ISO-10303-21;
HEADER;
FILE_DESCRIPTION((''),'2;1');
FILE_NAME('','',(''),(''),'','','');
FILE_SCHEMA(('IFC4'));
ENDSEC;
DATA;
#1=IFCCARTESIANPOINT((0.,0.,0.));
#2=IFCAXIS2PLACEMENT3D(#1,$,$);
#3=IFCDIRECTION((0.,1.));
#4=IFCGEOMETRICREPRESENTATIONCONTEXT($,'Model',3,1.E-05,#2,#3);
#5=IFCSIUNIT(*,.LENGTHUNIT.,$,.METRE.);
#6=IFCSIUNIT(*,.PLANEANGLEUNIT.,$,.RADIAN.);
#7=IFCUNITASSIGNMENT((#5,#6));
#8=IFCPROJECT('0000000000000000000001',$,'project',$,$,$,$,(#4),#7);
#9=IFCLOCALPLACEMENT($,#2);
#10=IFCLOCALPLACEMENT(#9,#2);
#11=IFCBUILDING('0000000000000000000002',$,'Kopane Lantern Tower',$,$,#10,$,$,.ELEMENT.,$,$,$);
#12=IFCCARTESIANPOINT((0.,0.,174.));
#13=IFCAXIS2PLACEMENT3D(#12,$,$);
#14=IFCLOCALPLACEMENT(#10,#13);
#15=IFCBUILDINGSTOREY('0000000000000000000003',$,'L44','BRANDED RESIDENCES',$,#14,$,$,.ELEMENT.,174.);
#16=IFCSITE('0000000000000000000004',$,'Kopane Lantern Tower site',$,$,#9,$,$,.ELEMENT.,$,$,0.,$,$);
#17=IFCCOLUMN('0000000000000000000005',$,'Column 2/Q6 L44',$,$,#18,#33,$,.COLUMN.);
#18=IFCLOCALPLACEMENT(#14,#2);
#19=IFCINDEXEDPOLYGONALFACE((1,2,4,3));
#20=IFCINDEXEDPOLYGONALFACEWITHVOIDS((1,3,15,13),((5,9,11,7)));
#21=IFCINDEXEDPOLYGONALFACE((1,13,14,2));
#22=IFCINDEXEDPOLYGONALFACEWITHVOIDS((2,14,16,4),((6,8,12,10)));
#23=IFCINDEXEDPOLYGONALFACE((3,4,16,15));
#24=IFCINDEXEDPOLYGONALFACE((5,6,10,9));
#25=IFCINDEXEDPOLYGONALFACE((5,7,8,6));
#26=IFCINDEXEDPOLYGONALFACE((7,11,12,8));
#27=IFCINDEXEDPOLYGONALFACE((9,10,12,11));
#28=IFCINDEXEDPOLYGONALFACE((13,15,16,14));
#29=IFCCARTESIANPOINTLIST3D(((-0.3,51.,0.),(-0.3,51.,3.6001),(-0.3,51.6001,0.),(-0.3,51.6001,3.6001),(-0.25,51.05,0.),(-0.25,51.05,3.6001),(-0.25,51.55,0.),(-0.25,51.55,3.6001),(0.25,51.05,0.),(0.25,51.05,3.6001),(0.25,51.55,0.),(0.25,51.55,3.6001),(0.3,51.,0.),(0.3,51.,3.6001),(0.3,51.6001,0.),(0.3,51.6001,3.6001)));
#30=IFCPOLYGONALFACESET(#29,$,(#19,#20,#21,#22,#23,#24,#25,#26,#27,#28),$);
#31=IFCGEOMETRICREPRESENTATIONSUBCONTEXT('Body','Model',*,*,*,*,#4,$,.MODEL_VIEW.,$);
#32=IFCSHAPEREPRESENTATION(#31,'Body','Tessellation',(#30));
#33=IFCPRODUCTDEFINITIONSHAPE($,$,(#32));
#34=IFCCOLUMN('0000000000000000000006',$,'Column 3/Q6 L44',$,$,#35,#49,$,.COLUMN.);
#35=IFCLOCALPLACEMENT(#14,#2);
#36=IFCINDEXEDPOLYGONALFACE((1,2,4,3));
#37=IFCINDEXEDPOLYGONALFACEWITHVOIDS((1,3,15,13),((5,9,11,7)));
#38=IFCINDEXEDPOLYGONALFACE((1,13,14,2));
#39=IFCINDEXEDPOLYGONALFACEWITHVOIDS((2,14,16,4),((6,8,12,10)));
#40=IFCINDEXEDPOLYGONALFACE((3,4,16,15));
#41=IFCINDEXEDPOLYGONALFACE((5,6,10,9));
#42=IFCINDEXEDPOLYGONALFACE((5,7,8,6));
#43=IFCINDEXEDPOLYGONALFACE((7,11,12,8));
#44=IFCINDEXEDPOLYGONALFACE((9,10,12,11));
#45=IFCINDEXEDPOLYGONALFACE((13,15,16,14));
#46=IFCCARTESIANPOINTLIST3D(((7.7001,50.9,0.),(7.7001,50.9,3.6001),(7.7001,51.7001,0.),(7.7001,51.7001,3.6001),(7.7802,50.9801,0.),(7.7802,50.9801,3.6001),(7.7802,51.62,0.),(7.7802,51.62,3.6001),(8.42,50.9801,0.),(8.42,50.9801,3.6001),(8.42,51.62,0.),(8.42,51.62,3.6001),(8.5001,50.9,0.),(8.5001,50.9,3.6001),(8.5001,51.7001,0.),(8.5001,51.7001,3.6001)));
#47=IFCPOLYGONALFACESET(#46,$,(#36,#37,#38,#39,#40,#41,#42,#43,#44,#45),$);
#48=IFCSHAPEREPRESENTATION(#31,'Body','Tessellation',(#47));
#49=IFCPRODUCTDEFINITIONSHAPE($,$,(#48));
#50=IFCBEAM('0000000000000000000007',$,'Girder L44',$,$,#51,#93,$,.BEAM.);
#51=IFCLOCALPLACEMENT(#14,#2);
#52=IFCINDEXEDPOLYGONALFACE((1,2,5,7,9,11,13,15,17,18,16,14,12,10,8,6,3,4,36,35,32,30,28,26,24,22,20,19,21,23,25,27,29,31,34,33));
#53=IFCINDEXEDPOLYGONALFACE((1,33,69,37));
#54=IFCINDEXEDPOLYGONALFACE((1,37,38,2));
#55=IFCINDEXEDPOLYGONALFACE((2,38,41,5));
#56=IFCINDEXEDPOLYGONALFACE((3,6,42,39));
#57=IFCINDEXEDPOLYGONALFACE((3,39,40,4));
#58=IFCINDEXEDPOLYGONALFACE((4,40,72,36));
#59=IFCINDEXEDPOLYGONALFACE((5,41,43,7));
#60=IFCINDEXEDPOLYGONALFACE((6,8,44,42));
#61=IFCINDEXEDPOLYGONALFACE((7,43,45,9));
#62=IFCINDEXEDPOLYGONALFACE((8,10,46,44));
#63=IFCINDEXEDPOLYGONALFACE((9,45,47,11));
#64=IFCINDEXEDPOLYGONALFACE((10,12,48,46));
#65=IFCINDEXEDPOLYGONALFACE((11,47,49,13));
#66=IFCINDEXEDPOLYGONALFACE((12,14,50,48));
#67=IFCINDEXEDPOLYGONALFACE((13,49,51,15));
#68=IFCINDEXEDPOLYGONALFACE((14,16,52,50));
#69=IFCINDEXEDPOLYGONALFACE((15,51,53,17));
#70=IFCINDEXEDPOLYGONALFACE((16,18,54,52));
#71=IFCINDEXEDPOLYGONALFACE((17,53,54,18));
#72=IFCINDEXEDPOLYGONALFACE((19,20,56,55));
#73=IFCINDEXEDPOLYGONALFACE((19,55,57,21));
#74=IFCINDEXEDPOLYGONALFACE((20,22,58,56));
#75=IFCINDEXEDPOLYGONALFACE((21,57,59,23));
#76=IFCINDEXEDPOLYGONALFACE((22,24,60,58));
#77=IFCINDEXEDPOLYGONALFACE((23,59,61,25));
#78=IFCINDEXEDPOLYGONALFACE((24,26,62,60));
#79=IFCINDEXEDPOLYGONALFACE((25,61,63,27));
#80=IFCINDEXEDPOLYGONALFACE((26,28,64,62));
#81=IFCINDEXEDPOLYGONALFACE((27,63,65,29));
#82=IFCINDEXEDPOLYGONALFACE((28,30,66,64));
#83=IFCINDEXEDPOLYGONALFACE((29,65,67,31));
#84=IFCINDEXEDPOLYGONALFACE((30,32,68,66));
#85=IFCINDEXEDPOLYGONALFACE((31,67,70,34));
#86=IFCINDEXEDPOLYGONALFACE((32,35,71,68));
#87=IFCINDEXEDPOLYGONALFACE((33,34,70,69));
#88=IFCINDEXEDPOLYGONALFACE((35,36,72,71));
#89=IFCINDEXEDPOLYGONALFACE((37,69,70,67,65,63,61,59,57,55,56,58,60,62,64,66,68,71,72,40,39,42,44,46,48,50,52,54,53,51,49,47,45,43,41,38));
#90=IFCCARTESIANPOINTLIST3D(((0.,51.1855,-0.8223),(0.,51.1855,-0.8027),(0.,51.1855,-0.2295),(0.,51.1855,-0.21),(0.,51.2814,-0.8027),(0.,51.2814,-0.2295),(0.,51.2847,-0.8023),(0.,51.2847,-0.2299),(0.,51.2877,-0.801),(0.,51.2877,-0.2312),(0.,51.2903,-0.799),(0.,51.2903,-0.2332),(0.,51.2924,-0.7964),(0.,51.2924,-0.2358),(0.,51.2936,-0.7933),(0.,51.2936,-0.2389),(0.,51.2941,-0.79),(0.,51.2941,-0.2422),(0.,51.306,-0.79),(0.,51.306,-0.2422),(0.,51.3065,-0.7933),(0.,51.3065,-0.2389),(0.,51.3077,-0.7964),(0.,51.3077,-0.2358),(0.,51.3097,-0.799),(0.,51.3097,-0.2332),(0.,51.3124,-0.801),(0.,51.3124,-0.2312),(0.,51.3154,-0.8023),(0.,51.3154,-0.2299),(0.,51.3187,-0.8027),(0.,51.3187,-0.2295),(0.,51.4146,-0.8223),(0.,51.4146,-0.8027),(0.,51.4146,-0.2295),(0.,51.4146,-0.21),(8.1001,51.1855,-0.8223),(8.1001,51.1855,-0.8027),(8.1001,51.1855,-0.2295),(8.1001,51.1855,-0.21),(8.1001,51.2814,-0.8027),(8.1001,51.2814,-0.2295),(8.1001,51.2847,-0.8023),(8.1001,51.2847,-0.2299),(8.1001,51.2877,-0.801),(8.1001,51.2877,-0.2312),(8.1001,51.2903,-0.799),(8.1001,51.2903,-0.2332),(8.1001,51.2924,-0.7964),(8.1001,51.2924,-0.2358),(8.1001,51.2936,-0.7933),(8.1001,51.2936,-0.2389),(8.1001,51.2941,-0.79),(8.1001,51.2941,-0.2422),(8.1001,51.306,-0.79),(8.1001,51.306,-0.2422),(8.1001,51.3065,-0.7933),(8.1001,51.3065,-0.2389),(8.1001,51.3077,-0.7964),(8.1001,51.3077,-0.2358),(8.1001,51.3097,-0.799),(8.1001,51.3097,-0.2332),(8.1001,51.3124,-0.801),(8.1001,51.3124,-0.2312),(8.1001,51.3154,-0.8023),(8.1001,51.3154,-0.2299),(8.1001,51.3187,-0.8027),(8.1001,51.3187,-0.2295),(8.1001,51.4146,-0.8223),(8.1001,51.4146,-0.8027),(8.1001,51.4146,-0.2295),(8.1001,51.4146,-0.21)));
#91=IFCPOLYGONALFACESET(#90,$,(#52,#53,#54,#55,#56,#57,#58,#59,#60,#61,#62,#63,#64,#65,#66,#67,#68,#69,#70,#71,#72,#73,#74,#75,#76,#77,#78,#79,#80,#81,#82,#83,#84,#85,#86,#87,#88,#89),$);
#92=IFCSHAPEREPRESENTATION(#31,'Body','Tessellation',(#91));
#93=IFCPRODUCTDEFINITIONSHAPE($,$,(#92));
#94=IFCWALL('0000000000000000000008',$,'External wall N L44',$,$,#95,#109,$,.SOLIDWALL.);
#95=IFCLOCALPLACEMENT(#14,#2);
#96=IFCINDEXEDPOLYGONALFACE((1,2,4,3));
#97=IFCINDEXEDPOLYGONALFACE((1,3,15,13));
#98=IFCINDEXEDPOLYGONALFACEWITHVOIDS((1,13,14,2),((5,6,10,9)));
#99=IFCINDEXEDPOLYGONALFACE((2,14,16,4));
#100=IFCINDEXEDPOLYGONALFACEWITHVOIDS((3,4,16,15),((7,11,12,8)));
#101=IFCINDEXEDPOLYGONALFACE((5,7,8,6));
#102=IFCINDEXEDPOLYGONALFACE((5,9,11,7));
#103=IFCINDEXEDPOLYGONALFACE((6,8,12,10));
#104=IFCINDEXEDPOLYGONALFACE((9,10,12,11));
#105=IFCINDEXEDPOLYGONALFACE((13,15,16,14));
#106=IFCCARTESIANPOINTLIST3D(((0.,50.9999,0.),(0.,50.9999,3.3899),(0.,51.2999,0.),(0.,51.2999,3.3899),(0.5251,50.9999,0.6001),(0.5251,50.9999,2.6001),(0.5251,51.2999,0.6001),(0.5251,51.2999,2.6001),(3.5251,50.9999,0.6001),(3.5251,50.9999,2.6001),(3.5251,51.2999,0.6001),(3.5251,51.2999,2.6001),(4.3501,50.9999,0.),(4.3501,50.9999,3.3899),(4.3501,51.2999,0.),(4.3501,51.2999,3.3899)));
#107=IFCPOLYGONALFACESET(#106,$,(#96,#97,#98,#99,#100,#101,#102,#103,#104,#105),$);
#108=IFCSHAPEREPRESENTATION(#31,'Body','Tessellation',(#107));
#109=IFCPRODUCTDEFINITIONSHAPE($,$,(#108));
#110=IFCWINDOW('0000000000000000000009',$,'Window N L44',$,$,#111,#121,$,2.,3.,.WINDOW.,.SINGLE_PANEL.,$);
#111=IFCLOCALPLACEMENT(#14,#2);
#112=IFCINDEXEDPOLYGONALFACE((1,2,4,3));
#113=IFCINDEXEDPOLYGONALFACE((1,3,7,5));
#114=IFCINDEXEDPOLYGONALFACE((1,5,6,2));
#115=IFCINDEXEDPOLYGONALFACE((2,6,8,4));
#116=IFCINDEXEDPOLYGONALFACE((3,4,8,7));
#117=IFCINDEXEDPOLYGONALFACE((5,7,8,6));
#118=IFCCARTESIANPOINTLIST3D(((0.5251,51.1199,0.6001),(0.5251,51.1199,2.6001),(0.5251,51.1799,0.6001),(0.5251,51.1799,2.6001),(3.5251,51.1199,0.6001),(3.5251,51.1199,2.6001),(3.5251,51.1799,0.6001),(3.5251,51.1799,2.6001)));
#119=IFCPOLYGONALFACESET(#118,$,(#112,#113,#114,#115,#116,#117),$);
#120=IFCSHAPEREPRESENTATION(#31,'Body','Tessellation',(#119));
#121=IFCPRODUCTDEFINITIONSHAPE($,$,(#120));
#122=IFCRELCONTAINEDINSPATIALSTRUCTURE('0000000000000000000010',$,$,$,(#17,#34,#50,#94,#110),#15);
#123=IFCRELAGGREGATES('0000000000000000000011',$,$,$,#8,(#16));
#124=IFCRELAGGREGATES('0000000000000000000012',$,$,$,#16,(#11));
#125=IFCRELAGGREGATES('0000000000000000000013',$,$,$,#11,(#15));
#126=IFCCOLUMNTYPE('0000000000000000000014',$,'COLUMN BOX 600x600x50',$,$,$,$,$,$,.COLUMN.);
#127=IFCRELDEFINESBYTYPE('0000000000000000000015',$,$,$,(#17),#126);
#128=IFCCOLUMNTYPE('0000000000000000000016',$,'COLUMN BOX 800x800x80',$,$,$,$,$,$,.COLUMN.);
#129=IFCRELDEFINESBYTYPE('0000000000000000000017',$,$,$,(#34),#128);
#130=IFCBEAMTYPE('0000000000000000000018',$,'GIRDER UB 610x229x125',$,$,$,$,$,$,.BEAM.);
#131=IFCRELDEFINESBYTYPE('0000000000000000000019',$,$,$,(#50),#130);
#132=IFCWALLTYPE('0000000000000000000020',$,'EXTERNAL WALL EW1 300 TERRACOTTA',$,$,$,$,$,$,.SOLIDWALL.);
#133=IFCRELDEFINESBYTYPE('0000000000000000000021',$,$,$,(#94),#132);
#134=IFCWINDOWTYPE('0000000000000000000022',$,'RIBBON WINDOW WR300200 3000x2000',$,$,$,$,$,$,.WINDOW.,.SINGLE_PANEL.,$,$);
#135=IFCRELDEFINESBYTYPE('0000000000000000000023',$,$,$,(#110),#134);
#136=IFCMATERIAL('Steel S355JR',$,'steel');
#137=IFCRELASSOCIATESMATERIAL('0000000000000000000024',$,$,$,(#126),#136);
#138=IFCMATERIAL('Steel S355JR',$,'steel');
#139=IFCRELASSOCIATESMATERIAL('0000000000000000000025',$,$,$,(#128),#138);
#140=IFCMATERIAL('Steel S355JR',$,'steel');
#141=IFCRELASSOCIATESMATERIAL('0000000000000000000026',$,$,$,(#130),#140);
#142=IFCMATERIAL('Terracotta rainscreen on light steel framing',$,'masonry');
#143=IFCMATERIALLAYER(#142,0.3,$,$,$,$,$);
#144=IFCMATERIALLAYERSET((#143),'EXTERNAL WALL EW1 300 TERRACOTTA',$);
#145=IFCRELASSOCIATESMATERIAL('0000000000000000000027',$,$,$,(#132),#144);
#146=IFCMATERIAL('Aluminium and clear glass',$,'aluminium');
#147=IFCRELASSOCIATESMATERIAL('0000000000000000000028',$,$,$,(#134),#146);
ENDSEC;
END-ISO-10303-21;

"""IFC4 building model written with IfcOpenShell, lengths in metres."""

from ifc_helpers import new_model, si_unit, direction, frame, frame_2d, origin, origin_2d, place, context, subcontext, project, spatial, rectangle, hollow_rectangle, i_section, extrude, material, layer, layer_set, material_profile, profile_set, type_object, element, fill, save


model = new_model("IFC4")

# Units and contexts
model_context = context("Model", 3, precision=1e-05, world=origin(), true_north=direction((0.0, 1.0)))
body_context = subcontext(model_context, "Body", "Model", "MODEL_VIEW")
ifc_project = project(units=[si_unit("LENGTHUNIT", "METRE"), si_unit("PLANEANGLEUNIT", "RADIAN")], contexts=[model_context])

# Site, building, storey
site_placement = place(None, origin())
site = spatial("IfcSite", under=ifc_project, at=site_placement, Name="Kopane Lantern Tower site", CompositionType="ELEMENT", RefElevation=0.0)
building_placement = place(site_placement, origin())
building = spatial("IfcBuilding", under=site, at=building_placement, Name="Kopane Lantern Tower", CompositionType="ELEMENT")
storey_placement = place(building_placement, frame((0.0, 0.0, 174.0)))
storey = spatial("IfcBuildingStorey", under=building, at=storey_placement, Name="L44", Description="BRANDED RESIDENCES", CompositionType="ELEMENT", Elevation=174.0)

# Columns
ifc_material_1 = material(Name="Steel S355JR", Category="steel")
ifc_material_profile_1 = material_profile(ifc_material_1, hollow_rectangle(XDim=0.6001, YDim=0.6001, WallThickness=0.05, at=origin_2d()), Name="BOX 600x600x50")
ifc_profile_set_1 = profile_set([ifc_material_profile_1], Name="Steel S355JR")
column_type_1 = type_object("IfcColumnType", Name="COLUMN BOX 600x600x50", PredefinedType="COLUMN", material=ifc_profile_set_1)
column_1_placement = place(storey_placement, frame((0.0, 51.3, 0.0), z_axis=(0.0, 0.0, 1.0), x_axis=(1.0, 0.0, 0.0)))
element("IfcColumn", 1, at=column_1_placement, inside=storey, type_object=column_type_1, Name="Column 2/Q6 L44", PredefinedType="COLUMN", context=body_context, shape_type="SweptSolid", body=[
    extrude(hollow_rectangle(XDim=0.6001, YDim=0.6001, WallThickness=0.05, at=origin_2d()), origin(), (0.0, 0.0, 1.0), 3.6001),
])
ifc_material_2 = material(Name="Steel S355JR", Category="steel")
ifc_material_profile_2 = material_profile(ifc_material_2, hollow_rectangle(XDim=0.8, YDim=0.8, WallThickness=0.0801, at=origin_2d()), Name="BOX 800x800x80")
ifc_profile_set_2 = profile_set([ifc_material_profile_2], Name="Steel S355JR")
column_type_2 = type_object("IfcColumnType", Name="COLUMN BOX 800x800x80", PredefinedType="COLUMN", material=ifc_profile_set_2)
column_2_placement = place(storey_placement, frame((8.1001, 51.3, 0.0), z_axis=(0.0, 0.0, 1.0), x_axis=(1.0, 0.0, 0.0)))
element("IfcColumn", 2, at=column_2_placement, inside=storey, type_object=column_type_2, Name="Column 3/Q6 L44", PredefinedType="COLUMN", context=body_context, shape_type="SweptSolid", body=[
    extrude(hollow_rectangle(XDim=0.8, YDim=0.8, WallThickness=0.0801, at=origin_2d()), origin(), (0.0, 0.0, 1.0), 3.6001),
])

# Beam
ifc_material_3 = material(Name="Steel S355JR", Category="steel")
ifc_material_profile_3 = material_profile(ifc_material_3, i_section(OverallWidth=0.229, OverallDepth=0.6123, WebThickness=0.012, FlangeThickness=0.0195, FilletRadius=0.0127, at=origin_2d()), Name="UB 610x229x125")
ifc_profile_set_3 = profile_set([ifc_material_profile_3], Name="Steel S355JR")
beam_type = type_object("IfcBeamType", Name="GIRDER UB 610x229x125", PredefinedType="BEAM", material=ifc_profile_set_3)
beam_placement = place(storey_placement, frame((0.0, 51.3, -0.5161), z_axis=(1.0, 0.0, 0.0), x_axis=(0.0, 1.0, 0.0)))
element("IfcBeam", 3, at=beam_placement, inside=storey, type_object=beam_type, Name="Girder L44", PredefinedType="BEAM", context=body_context, shape_type="SweptSolid", body=[
    extrude(i_section(OverallWidth=0.229, OverallDepth=0.6123, WebThickness=0.012, FlangeThickness=0.0195, FilletRadius=0.0127, at=origin_2d()), origin(), (0.0, 0.0, 1.0), 8.1001),
])

# Wall, opening, window
ifc_material_4 = material(Name="Terracotta rainscreen on light steel framing", Category="masonry")
ifc_layer = layer(ifc_material_4, 0.3)
ifc_layer_set = layer_set([ifc_layer], Name="EXTERNAL WALL EW1 300 TERRACOTTA")
wall_type = type_object("IfcWallType", Name="EXTERNAL WALL EW1 300 TERRACOTTA", PredefinedType="SOLIDWALL", material=ifc_layer_set)
wall_1_placement = place(storey_placement, frame((4.3501, 51.1499, 0.0), z_axis=(0.0, 0.0, 1.0), x_axis=(-1.0, 0.0, 0.0)))
wall_1 = element("IfcWall", 4, at=wall_1_placement, inside=storey, type_object=wall_type, Name="External wall N L44", PredefinedType="SOLIDWALL", context=body_context, shape_type="SweptSolid", body=[
    extrude(rectangle(XDim=4.3501, YDim=0.3, at=frame_2d((2.175, 0.0))), origin(), (0.0, 0.0, 1.0), 3.3899),
])
opening_1_placement = place(wall_1_placement, frame((0.825, 0.0, 0.6001)))
opening_1 = element("IfcOpeningElement", 5, at=opening_1_placement, cuts=wall_1, PredefinedType="OPENING", context=body_context, shape_type="SweptSolid", body=[
    extrude(rectangle(XDim=3.0, YDim=2.0, at=frame_2d((1.5, 1.0))), frame((0.0, 0.1599, 0.0), z_axis=(0.0, -1.0, 0.0), x_axis=(1.0, 0.0, 0.0)), (0.0, 0.0, 1.0), 0.3201),
])
ifc_material_5 = material(Name="Aluminium and clear glass", Category="aluminium")
window_type_1 = type_object("IfcWindowType", Name="RIBBON WINDOW WR300200 3000x2000", PartitioningType="SINGLE_PANEL", PredefinedType="WINDOW", material=ifc_material_5)
window_1_placement = place(opening_1_placement, origin())
window_1 = element("IfcWindow", 6, at=window_1_placement, inside=storey, type_object=window_type_1, Name="Window N L44", OverallHeight=2.0, OverallWidth=3.0, PartitioningType="SINGLE_PANEL", PredefinedType="WINDOW", context=body_context, shape_type="SweptSolid", body=[
    extrude(rectangle(XDim=3.0, YDim=2.0, at=frame_2d((1.5, 1.0))), frame((0.0, 0.03, 0.0), z_axis=(0.0, -1.0, 0.0), x_axis=(1.0, 0.0, 0.0)), (0.0, 0.0, 1.0), 0.0601),
])
fill(opening_1, window_1)

save(model, "model.ifc")
